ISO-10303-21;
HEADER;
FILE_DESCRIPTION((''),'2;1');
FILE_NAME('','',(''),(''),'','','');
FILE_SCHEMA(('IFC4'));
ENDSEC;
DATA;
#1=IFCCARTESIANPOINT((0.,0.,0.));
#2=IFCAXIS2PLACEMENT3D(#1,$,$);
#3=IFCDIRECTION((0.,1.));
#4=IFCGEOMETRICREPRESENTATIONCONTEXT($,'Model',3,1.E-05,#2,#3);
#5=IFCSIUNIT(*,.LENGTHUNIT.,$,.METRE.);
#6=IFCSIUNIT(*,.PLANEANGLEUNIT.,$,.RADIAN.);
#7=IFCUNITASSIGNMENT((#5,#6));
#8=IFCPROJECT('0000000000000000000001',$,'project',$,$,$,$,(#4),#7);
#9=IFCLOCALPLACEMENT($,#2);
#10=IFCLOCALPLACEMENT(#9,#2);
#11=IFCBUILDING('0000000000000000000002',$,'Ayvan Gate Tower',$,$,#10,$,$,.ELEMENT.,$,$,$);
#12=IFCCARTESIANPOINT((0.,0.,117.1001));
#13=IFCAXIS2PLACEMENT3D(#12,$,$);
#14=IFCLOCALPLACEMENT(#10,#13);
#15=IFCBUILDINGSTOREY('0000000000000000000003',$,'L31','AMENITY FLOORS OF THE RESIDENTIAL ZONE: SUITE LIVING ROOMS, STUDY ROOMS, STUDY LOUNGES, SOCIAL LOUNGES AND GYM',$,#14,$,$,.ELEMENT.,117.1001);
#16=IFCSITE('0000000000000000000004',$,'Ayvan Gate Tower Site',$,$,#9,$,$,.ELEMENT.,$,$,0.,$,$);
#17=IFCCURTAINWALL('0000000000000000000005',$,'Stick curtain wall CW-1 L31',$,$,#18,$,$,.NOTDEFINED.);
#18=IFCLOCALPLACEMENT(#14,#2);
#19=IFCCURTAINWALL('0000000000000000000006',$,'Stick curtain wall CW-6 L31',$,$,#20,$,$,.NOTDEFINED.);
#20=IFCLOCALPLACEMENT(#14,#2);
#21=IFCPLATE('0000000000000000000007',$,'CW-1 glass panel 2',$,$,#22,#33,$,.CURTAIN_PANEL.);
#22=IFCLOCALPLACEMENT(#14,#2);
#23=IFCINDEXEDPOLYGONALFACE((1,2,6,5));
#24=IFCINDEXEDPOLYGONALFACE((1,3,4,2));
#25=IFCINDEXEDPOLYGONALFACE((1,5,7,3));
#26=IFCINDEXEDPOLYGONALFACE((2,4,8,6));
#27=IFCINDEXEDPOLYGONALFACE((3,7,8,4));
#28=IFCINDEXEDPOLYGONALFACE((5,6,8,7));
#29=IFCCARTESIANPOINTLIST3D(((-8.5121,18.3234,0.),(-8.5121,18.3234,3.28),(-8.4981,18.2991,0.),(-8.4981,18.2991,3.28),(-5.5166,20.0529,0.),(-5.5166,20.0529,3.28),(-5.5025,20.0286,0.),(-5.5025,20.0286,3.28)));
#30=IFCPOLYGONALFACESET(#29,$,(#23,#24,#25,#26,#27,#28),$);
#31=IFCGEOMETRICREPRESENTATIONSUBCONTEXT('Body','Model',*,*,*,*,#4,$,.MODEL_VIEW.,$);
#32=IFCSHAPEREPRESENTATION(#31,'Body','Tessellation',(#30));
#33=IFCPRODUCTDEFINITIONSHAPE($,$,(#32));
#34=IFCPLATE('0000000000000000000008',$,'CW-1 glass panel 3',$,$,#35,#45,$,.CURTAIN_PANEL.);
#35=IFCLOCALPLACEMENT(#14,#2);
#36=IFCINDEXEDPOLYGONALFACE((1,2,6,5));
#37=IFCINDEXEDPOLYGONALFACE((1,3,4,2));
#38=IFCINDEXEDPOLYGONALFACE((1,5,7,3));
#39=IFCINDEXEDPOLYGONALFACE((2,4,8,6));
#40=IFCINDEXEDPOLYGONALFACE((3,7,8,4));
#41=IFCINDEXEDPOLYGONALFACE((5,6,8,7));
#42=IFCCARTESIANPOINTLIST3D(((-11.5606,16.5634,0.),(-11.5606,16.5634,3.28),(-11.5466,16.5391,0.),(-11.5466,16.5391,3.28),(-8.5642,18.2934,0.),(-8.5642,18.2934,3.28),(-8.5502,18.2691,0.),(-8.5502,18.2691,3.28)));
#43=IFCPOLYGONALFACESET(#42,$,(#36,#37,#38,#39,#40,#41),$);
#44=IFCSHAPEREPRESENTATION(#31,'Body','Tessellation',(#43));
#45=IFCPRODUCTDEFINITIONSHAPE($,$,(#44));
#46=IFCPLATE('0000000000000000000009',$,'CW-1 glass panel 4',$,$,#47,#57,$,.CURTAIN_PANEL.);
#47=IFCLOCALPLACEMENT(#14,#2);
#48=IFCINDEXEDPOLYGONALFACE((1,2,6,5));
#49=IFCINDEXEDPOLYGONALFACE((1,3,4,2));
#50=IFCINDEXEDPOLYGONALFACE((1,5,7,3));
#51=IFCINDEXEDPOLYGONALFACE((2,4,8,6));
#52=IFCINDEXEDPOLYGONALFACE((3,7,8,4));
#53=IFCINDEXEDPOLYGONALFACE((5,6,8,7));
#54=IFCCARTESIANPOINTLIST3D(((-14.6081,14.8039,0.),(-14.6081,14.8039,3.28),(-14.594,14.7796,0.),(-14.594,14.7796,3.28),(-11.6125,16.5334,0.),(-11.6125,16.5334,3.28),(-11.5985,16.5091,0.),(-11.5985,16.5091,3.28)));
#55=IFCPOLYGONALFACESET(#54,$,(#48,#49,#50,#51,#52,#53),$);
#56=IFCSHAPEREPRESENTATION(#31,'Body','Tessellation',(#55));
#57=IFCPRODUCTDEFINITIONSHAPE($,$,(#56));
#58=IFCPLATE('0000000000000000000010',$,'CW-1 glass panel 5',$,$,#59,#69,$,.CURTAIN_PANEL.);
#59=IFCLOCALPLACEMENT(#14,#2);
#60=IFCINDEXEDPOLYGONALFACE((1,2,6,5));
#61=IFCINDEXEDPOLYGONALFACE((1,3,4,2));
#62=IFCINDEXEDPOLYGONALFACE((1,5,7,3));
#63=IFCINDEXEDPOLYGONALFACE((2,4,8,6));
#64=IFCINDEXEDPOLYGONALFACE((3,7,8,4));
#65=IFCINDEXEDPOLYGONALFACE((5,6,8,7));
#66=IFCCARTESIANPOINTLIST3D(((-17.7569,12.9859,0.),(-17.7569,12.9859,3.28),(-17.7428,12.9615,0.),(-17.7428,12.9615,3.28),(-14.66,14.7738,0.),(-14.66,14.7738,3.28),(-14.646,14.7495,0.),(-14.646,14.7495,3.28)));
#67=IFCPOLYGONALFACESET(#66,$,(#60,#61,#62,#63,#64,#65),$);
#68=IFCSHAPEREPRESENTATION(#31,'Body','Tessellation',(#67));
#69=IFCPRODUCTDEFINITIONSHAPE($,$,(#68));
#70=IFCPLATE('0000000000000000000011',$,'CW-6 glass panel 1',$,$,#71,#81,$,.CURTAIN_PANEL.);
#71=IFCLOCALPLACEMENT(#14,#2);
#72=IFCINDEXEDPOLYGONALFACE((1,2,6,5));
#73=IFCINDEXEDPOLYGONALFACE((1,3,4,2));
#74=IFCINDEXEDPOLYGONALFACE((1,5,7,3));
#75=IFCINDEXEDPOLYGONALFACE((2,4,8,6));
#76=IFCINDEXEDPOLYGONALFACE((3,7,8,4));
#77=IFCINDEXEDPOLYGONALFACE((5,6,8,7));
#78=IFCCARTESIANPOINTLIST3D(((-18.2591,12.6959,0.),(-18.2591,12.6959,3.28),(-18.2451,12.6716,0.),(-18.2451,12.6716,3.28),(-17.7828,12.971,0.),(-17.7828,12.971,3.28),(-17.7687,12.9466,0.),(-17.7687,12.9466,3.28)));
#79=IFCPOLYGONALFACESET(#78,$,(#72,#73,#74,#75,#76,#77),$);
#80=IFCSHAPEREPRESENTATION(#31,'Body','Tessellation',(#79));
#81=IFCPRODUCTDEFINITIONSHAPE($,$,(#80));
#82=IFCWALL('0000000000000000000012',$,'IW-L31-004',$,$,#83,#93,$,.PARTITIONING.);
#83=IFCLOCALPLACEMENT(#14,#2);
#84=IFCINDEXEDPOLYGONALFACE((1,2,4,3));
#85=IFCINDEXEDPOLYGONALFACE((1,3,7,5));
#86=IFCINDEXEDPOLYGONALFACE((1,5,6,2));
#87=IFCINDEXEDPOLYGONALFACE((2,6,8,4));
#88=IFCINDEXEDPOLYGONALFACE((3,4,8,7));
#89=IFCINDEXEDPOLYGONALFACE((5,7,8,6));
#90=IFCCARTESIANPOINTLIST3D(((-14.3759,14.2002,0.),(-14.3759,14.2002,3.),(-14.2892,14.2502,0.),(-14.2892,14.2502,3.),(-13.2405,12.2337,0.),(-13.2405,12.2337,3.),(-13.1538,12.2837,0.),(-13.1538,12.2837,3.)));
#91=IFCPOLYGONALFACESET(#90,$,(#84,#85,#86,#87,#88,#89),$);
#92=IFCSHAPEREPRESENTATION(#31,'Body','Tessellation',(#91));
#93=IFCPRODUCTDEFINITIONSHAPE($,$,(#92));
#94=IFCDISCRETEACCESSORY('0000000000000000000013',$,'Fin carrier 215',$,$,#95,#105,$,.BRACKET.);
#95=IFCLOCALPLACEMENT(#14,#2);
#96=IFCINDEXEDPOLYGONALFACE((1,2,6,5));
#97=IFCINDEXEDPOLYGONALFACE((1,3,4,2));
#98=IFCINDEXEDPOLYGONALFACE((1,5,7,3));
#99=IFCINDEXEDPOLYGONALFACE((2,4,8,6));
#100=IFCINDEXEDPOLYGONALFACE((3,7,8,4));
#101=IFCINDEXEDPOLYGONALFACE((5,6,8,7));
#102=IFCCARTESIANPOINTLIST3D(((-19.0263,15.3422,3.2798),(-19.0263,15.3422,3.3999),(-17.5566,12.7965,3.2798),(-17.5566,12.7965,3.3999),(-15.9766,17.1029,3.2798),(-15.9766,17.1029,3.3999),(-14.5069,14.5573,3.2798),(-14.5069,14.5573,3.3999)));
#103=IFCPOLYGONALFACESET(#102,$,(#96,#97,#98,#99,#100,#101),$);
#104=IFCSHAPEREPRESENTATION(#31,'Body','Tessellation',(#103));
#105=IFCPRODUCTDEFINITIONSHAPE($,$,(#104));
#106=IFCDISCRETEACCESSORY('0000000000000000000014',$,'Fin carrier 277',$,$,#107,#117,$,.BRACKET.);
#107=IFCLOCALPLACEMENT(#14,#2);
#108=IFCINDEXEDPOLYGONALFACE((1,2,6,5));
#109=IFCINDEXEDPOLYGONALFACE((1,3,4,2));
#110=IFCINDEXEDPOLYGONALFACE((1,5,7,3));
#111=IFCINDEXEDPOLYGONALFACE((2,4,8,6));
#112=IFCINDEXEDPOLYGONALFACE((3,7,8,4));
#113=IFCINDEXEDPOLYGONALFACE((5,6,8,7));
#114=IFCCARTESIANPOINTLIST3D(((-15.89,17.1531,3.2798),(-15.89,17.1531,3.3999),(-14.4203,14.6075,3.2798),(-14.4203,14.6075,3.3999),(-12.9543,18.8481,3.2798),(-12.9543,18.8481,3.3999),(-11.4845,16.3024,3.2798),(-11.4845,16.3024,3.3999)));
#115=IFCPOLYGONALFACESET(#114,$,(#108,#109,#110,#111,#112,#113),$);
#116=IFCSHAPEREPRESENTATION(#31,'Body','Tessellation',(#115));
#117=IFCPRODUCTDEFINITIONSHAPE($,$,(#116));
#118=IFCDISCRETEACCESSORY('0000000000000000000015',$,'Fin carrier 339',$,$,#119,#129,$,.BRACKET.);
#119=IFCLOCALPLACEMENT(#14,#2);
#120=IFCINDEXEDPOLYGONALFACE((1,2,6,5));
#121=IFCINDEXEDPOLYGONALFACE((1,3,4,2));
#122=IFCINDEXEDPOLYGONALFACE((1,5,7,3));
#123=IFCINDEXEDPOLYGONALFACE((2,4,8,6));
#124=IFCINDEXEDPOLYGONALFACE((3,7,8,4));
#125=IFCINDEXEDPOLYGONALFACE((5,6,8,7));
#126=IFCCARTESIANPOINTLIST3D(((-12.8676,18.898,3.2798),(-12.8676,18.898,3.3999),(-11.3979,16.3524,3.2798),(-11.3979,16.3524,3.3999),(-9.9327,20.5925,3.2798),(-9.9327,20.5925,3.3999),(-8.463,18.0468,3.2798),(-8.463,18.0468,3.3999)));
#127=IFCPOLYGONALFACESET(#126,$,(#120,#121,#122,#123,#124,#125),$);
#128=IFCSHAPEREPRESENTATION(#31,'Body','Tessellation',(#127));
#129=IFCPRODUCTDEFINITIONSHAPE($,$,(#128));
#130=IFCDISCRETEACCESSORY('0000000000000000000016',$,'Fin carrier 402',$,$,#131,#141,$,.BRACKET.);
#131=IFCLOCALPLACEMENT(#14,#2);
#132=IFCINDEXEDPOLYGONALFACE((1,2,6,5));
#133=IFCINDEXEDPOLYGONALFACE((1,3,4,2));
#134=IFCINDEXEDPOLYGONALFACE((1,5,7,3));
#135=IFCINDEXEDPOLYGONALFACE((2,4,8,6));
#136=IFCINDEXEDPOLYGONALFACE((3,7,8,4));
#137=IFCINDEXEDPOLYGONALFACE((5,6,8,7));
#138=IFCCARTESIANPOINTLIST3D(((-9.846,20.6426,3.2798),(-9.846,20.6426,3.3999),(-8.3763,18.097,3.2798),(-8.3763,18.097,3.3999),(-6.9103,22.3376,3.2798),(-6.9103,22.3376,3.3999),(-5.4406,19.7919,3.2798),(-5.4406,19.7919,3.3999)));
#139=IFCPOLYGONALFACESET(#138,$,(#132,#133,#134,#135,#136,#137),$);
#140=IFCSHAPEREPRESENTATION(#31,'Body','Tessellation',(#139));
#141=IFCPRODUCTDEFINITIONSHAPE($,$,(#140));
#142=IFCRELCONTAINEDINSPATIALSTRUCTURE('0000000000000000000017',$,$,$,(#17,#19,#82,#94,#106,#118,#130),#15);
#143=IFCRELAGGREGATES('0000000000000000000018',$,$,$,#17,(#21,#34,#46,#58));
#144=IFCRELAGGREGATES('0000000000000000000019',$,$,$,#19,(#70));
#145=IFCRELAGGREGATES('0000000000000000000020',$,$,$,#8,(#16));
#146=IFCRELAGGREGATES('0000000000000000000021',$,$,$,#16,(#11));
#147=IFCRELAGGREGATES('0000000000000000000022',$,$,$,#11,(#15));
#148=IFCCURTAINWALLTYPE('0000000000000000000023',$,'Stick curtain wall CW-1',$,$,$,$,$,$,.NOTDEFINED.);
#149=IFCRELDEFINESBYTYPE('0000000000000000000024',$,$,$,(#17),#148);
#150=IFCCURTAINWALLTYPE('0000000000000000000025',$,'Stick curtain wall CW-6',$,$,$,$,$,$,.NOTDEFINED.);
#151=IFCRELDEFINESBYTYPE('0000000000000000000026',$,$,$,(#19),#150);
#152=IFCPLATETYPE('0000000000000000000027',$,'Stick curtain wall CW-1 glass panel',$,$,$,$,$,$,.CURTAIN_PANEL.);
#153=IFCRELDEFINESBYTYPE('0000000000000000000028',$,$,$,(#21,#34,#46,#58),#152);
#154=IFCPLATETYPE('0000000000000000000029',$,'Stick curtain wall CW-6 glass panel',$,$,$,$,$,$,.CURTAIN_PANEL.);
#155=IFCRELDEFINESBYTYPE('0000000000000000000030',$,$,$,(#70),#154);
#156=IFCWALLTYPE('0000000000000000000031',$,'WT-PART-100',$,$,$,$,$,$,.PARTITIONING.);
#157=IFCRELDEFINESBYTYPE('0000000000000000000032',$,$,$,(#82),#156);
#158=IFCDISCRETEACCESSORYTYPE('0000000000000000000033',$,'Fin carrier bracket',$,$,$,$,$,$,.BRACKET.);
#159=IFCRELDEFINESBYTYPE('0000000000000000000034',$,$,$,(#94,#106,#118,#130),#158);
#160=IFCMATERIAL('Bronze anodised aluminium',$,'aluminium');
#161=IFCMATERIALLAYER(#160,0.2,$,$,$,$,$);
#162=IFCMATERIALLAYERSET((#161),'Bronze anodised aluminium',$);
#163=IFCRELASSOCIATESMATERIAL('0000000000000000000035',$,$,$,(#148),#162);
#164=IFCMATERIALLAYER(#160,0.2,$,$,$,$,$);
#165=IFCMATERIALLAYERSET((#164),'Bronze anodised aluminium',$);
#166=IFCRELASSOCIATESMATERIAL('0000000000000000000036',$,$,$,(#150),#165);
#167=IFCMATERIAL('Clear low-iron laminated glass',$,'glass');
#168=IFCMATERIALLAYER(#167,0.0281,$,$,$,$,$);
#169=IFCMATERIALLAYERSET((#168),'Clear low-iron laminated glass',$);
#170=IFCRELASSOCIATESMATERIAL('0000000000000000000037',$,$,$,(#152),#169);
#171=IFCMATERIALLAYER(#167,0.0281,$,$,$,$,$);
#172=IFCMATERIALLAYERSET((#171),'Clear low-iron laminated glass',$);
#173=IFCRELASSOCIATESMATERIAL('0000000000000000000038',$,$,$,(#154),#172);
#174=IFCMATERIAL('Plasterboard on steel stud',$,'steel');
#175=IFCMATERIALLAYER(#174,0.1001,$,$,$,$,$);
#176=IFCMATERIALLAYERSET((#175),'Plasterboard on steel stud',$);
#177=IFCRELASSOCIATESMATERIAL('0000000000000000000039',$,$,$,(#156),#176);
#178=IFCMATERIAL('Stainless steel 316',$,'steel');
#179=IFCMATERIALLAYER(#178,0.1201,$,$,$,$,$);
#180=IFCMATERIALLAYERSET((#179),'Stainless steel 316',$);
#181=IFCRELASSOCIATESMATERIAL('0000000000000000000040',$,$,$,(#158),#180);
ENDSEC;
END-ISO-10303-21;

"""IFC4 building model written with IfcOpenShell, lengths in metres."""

from ifc_helpers import new_model, si_unit, direction, frame, frame_2d, origin, origin_2d, place, context, subcontext, project, spatial, rectangle, extrude, material, layer, layer_set, type_object, element, aggregate, save


model = new_model("IFC4")

# Units and contexts
model_context = context("Model", 3, precision=1e-05, world=origin(), true_north=direction((0.0, 1.0)))
body_context = subcontext(model_context, "Body", "Model", "MODEL_VIEW")
ifc_project = project(units=[si_unit("LENGTHUNIT", "METRE"), si_unit("PLANEANGLEUNIT", "RADIAN")], contexts=[model_context])

# Site, building, storey
site_placement = place(None, origin())
site = spatial("IfcSite", under=ifc_project, at=site_placement, Name="Ayvan Gate Tower Site", CompositionType="ELEMENT", RefElevation=0.0)
building_placement = place(site_placement, origin())
building = spatial("IfcBuilding", under=site, at=building_placement, Name="Ayvan Gate Tower", CompositionType="ELEMENT")
storey_placement = place(building_placement, frame((0.0, 0.0, 117.1001)))
storey = spatial("IfcBuildingStorey", under=building, at=storey_placement, Name="L31", Description="AMENITY FLOORS OF THE RESIDENTIAL ZONE: SUITE LIVING ROOMS, STUDY ROOMS, STUDY LOUNGES, SOCIAL LOUNGES AND GYM", CompositionType="ELEMENT", Elevation=117.1001)

# Curtain walls
ifc_material_1 = material(Name="Bronze anodised aluminium", Category="aluminium")
ifc_layer_1 = layer(ifc_material_1, 0.2)
ifc_layer_set_1 = layer_set([ifc_layer_1], Name="Bronze anodised aluminium")
curtain_wall_type_1 = type_object("IfcCurtainWallType", Name="Stick curtain wall CW-1", PredefinedType="NOTDEFINED", material=ifc_layer_set_1)
curtain_wall_1_placement = place(storey_placement, origin())
curtain_wall_1 = element("IfcCurtainWall", 1, at=curtain_wall_1_placement, inside=storey, type_object=curtain_wall_type_1, Name="Stick curtain wall CW-1 L31", PredefinedType="NOTDEFINED")
ifc_layer_2 = layer(ifc_material_1, 0.2)
ifc_layer_set_2 = layer_set([ifc_layer_2], Name="Bronze anodised aluminium")
curtain_wall_type_2 = type_object("IfcCurtainWallType", Name="Stick curtain wall CW-6", PredefinedType="NOTDEFINED", material=ifc_layer_set_2)
curtain_wall_2_placement = place(storey_placement, origin())
curtain_wall_2 = element("IfcCurtainWall", 2, at=curtain_wall_2_placement, inside=storey, type_object=curtain_wall_type_2, Name="Stick curtain wall CW-6 L31", PredefinedType="NOTDEFINED")

# Plates
ifc_material_2 = material(Name="Clear low-iron laminated glass", Category="glass")
ifc_layer_3 = layer(ifc_material_2, 0.0281)
ifc_layer_set_3 = layer_set([ifc_layer_3], Name="Clear low-iron laminated glass")
plate_type_1 = type_object("IfcPlateType", Name="Stick curtain wall CW-1 glass panel", PredefinedType="CURTAIN_PANEL", material=ifc_layer_set_3)
plate_1_placement = place(storey_placement, frame((-7.0073, 19.176, 0.0), z_axis=(0.0, 0.0, 1.0), x_axis=(-0.866025, -0.5, 0.0)))
plate_1 = element("IfcPlate", 3, at=plate_1_placement, type_object=plate_type_1, Name="CW-1 glass panel 2", PredefinedType="CURTAIN_PANEL", context=body_context, shape_type="SweptSolid", body=[
    extrude(rectangle(XDim=3.459, YDim=0.0281, at=origin_2d()), origin(), (0.0, 0.0, 1.0), 3.28),
])
plate_2_placement = place(storey_placement, frame((-10.0554, 17.4163, 0.0), z_axis=(0.0, 0.0, 1.0), x_axis=(-0.866025, -0.5, 0.0)))
plate_2 = element("IfcPlate", 4, at=plate_2_placement, type_object=plate_type_1, Name="CW-1 glass panel 3", PredefinedType="CURTAIN_PANEL", context=body_context, shape_type="SweptSolid", body=[
    extrude(rectangle(XDim=3.46, YDim=0.0281, at=origin_2d()), origin(), (0.0, 0.0, 1.0), 3.28),
])
plate_3_placement = place(storey_placement, frame((-13.1033, 15.6565, 0.0), z_axis=(0.0, 0.0, 1.0), x_axis=(-0.866025, -0.5, 0.0)))
plate_3 = element("IfcPlate", 5, at=plate_3_placement, type_object=plate_type_1, Name="CW-1 glass panel 4", PredefinedType="CURTAIN_PANEL", context=body_context, shape_type="SweptSolid", body=[
    extrude(rectangle(XDim=3.459, YDim=0.0281, at=origin_2d()), origin(), (0.0, 0.0, 1.0), 3.28),
])
plate_4_placement = place(storey_placement, frame((-16.2014, 13.8677, 0.0), z_axis=(0.0, 0.0, 1.0), x_axis=(-0.866025, -0.5, 0.0)))
plate_4 = element("IfcPlate", 6, at=plate_4_placement, type_object=plate_type_1, Name="CW-1 glass panel 5", PredefinedType="CURTAIN_PANEL", context=body_context, shape_type="SweptSolid", body=[
    extrude(rectangle(XDim=3.5759, YDim=0.0281, at=origin_2d()), origin(), (0.0, 0.0, 1.0), 3.28),
])
aggregate(curtain_wall_1, [plate_1, plate_2, plate_3, plate_4])
ifc_layer_4 = layer(ifc_material_2, 0.0281)
ifc_layer_set_4 = layer_set([ifc_layer_4], Name="Clear low-iron laminated glass")
plate_type_2 = type_object("IfcPlateType", Name="Stick curtain wall CW-6 glass panel", PredefinedType="CURTAIN_PANEL", material=ifc_layer_set_4)
plate_5_placement = place(storey_placement, frame((-18.0139, 12.8213, 0.0), z_axis=(0.0, 0.0, 1.0), x_axis=(-0.866025, -0.5, 0.0)))
plate_5 = element("IfcPlate", 7, at=plate_5_placement, type_object=plate_type_2, Name="CW-6 glass panel 1", PredefinedType="CURTAIN_PANEL", context=body_context, shape_type="SweptSolid", body=[
    extrude(rectangle(XDim=0.55, YDim=0.0281, at=origin_2d()), origin(), (0.0, 0.0, 1.0), 3.28),
])
aggregate(curtain_wall_2, [plate_5])

# Wall
ifc_material_3 = material(Name="Plasterboard on steel stud", Category="steel")
ifc_layer_5 = layer(ifc_material_3, 0.1001)
ifc_layer_set_5 = layer_set([ifc_layer_5], Name="Plasterboard on steel stud")
wall_type = type_object("IfcWallType", Name="WT-PART-100", PredefinedType="PARTITIONING", material=ifc_layer_set_5)
wall_placement = place(storey_placement, frame((-14.3325, 14.2251, 0.0), z_axis=(0.0, 0.0, 1.0), x_axis=(0.500036, -0.866005, 0.0)))
element("IfcWall", 8, at=wall_placement, inside=storey, type_object=wall_type, Name="IW-L31-004", PredefinedType="PARTITIONING", context=body_context, shape_type="SweptSolid", body=[
    extrude(rectangle(XDim=2.2708, YDim=0.1001, at=frame_2d((1.1353, 0.0))), origin(), (0.0, 0.0, 1.0), 3.0),
])

# Discrete accessories
ifc_material_4 = material(Name="Stainless steel 316", Category="steel")
ifc_layer_6 = layer(ifc_material_4, 0.1201)
ifc_layer_set_6 = layer_set([ifc_layer_6], Name="Stainless steel 316")
discrete_accessory_type = type_object("IfcDiscreteAccessoryType", Name="Fin carrier bracket", PredefinedType="BRACKET", material=ifc_layer_set_6)
discrete_accessory_1_placement = place(storey_placement, frame((-16.7666, 14.9497, 3.2798), z_axis=(0.0, 0.0, 1.0), x_axis=(-0.866025, -0.5, 0.0)))
element("IfcDiscreteAccessory", 9, at=discrete_accessory_1_placement, inside=storey, type_object=discrete_accessory_type, Name="Fin carrier 215", PredefinedType="BRACKET", context=body_context, shape_type="SweptSolid", body=[
    extrude(rectangle(XDim=3.5215, YDim=2.9395, at=origin_2d()), origin(), (0.0, 0.0, 1.0), 0.1201),
])
discrete_accessory_2_placement = place(storey_placement, frame((-13.6873, 16.7278, 3.2798), z_axis=(0.0, 0.0, 1.0), x_axis=(-0.866025, -0.5, 0.0)))
element("IfcDiscreteAccessory", 10, at=discrete_accessory_2_placement, inside=storey, type_object=discrete_accessory_type, Name="Fin carrier 277", PredefinedType="BRACKET", context=body_context, shape_type="SweptSolid", body=[
    extrude(rectangle(XDim=3.3899, YDim=2.9395, at=origin_2d()), origin(), (0.0, 0.0, 1.0), 0.1201),
])
discrete_accessory_3_placement = place(storey_placement, frame((-10.6653, 18.4724, 3.2798), z_axis=(0.0, 0.0, 1.0), x_axis=(-0.866025, -0.5, 0.0)))
element("IfcDiscreteAccessory", 11, at=discrete_accessory_3_placement, inside=storey, type_object=discrete_accessory_type, Name="Fin carrier 339", PredefinedType="BRACKET", context=body_context, shape_type="SweptSolid", body=[
    extrude(rectangle(XDim=3.3889, YDim=2.9395, at=origin_2d()), origin(), (0.0, 0.0, 1.0), 0.1201),
])
discrete_accessory_4_placement = place(storey_placement, frame((-7.6433, 20.2173, 3.2798), z_axis=(0.0, 0.0, 1.0), x_axis=(-0.866025, -0.5, 0.0)))
element("IfcDiscreteAccessory", 12, at=discrete_accessory_4_placement, inside=storey, type_object=discrete_accessory_type, Name="Fin carrier 402", PredefinedType="BRACKET", context=body_context, shape_type="SweptSolid", body=[
    extrude(rectangle(XDim=3.3899, YDim=2.9395, at=origin_2d()), origin(), (0.0, 0.0, 1.0), 0.1201),
])

save(model, "model.ifc")
